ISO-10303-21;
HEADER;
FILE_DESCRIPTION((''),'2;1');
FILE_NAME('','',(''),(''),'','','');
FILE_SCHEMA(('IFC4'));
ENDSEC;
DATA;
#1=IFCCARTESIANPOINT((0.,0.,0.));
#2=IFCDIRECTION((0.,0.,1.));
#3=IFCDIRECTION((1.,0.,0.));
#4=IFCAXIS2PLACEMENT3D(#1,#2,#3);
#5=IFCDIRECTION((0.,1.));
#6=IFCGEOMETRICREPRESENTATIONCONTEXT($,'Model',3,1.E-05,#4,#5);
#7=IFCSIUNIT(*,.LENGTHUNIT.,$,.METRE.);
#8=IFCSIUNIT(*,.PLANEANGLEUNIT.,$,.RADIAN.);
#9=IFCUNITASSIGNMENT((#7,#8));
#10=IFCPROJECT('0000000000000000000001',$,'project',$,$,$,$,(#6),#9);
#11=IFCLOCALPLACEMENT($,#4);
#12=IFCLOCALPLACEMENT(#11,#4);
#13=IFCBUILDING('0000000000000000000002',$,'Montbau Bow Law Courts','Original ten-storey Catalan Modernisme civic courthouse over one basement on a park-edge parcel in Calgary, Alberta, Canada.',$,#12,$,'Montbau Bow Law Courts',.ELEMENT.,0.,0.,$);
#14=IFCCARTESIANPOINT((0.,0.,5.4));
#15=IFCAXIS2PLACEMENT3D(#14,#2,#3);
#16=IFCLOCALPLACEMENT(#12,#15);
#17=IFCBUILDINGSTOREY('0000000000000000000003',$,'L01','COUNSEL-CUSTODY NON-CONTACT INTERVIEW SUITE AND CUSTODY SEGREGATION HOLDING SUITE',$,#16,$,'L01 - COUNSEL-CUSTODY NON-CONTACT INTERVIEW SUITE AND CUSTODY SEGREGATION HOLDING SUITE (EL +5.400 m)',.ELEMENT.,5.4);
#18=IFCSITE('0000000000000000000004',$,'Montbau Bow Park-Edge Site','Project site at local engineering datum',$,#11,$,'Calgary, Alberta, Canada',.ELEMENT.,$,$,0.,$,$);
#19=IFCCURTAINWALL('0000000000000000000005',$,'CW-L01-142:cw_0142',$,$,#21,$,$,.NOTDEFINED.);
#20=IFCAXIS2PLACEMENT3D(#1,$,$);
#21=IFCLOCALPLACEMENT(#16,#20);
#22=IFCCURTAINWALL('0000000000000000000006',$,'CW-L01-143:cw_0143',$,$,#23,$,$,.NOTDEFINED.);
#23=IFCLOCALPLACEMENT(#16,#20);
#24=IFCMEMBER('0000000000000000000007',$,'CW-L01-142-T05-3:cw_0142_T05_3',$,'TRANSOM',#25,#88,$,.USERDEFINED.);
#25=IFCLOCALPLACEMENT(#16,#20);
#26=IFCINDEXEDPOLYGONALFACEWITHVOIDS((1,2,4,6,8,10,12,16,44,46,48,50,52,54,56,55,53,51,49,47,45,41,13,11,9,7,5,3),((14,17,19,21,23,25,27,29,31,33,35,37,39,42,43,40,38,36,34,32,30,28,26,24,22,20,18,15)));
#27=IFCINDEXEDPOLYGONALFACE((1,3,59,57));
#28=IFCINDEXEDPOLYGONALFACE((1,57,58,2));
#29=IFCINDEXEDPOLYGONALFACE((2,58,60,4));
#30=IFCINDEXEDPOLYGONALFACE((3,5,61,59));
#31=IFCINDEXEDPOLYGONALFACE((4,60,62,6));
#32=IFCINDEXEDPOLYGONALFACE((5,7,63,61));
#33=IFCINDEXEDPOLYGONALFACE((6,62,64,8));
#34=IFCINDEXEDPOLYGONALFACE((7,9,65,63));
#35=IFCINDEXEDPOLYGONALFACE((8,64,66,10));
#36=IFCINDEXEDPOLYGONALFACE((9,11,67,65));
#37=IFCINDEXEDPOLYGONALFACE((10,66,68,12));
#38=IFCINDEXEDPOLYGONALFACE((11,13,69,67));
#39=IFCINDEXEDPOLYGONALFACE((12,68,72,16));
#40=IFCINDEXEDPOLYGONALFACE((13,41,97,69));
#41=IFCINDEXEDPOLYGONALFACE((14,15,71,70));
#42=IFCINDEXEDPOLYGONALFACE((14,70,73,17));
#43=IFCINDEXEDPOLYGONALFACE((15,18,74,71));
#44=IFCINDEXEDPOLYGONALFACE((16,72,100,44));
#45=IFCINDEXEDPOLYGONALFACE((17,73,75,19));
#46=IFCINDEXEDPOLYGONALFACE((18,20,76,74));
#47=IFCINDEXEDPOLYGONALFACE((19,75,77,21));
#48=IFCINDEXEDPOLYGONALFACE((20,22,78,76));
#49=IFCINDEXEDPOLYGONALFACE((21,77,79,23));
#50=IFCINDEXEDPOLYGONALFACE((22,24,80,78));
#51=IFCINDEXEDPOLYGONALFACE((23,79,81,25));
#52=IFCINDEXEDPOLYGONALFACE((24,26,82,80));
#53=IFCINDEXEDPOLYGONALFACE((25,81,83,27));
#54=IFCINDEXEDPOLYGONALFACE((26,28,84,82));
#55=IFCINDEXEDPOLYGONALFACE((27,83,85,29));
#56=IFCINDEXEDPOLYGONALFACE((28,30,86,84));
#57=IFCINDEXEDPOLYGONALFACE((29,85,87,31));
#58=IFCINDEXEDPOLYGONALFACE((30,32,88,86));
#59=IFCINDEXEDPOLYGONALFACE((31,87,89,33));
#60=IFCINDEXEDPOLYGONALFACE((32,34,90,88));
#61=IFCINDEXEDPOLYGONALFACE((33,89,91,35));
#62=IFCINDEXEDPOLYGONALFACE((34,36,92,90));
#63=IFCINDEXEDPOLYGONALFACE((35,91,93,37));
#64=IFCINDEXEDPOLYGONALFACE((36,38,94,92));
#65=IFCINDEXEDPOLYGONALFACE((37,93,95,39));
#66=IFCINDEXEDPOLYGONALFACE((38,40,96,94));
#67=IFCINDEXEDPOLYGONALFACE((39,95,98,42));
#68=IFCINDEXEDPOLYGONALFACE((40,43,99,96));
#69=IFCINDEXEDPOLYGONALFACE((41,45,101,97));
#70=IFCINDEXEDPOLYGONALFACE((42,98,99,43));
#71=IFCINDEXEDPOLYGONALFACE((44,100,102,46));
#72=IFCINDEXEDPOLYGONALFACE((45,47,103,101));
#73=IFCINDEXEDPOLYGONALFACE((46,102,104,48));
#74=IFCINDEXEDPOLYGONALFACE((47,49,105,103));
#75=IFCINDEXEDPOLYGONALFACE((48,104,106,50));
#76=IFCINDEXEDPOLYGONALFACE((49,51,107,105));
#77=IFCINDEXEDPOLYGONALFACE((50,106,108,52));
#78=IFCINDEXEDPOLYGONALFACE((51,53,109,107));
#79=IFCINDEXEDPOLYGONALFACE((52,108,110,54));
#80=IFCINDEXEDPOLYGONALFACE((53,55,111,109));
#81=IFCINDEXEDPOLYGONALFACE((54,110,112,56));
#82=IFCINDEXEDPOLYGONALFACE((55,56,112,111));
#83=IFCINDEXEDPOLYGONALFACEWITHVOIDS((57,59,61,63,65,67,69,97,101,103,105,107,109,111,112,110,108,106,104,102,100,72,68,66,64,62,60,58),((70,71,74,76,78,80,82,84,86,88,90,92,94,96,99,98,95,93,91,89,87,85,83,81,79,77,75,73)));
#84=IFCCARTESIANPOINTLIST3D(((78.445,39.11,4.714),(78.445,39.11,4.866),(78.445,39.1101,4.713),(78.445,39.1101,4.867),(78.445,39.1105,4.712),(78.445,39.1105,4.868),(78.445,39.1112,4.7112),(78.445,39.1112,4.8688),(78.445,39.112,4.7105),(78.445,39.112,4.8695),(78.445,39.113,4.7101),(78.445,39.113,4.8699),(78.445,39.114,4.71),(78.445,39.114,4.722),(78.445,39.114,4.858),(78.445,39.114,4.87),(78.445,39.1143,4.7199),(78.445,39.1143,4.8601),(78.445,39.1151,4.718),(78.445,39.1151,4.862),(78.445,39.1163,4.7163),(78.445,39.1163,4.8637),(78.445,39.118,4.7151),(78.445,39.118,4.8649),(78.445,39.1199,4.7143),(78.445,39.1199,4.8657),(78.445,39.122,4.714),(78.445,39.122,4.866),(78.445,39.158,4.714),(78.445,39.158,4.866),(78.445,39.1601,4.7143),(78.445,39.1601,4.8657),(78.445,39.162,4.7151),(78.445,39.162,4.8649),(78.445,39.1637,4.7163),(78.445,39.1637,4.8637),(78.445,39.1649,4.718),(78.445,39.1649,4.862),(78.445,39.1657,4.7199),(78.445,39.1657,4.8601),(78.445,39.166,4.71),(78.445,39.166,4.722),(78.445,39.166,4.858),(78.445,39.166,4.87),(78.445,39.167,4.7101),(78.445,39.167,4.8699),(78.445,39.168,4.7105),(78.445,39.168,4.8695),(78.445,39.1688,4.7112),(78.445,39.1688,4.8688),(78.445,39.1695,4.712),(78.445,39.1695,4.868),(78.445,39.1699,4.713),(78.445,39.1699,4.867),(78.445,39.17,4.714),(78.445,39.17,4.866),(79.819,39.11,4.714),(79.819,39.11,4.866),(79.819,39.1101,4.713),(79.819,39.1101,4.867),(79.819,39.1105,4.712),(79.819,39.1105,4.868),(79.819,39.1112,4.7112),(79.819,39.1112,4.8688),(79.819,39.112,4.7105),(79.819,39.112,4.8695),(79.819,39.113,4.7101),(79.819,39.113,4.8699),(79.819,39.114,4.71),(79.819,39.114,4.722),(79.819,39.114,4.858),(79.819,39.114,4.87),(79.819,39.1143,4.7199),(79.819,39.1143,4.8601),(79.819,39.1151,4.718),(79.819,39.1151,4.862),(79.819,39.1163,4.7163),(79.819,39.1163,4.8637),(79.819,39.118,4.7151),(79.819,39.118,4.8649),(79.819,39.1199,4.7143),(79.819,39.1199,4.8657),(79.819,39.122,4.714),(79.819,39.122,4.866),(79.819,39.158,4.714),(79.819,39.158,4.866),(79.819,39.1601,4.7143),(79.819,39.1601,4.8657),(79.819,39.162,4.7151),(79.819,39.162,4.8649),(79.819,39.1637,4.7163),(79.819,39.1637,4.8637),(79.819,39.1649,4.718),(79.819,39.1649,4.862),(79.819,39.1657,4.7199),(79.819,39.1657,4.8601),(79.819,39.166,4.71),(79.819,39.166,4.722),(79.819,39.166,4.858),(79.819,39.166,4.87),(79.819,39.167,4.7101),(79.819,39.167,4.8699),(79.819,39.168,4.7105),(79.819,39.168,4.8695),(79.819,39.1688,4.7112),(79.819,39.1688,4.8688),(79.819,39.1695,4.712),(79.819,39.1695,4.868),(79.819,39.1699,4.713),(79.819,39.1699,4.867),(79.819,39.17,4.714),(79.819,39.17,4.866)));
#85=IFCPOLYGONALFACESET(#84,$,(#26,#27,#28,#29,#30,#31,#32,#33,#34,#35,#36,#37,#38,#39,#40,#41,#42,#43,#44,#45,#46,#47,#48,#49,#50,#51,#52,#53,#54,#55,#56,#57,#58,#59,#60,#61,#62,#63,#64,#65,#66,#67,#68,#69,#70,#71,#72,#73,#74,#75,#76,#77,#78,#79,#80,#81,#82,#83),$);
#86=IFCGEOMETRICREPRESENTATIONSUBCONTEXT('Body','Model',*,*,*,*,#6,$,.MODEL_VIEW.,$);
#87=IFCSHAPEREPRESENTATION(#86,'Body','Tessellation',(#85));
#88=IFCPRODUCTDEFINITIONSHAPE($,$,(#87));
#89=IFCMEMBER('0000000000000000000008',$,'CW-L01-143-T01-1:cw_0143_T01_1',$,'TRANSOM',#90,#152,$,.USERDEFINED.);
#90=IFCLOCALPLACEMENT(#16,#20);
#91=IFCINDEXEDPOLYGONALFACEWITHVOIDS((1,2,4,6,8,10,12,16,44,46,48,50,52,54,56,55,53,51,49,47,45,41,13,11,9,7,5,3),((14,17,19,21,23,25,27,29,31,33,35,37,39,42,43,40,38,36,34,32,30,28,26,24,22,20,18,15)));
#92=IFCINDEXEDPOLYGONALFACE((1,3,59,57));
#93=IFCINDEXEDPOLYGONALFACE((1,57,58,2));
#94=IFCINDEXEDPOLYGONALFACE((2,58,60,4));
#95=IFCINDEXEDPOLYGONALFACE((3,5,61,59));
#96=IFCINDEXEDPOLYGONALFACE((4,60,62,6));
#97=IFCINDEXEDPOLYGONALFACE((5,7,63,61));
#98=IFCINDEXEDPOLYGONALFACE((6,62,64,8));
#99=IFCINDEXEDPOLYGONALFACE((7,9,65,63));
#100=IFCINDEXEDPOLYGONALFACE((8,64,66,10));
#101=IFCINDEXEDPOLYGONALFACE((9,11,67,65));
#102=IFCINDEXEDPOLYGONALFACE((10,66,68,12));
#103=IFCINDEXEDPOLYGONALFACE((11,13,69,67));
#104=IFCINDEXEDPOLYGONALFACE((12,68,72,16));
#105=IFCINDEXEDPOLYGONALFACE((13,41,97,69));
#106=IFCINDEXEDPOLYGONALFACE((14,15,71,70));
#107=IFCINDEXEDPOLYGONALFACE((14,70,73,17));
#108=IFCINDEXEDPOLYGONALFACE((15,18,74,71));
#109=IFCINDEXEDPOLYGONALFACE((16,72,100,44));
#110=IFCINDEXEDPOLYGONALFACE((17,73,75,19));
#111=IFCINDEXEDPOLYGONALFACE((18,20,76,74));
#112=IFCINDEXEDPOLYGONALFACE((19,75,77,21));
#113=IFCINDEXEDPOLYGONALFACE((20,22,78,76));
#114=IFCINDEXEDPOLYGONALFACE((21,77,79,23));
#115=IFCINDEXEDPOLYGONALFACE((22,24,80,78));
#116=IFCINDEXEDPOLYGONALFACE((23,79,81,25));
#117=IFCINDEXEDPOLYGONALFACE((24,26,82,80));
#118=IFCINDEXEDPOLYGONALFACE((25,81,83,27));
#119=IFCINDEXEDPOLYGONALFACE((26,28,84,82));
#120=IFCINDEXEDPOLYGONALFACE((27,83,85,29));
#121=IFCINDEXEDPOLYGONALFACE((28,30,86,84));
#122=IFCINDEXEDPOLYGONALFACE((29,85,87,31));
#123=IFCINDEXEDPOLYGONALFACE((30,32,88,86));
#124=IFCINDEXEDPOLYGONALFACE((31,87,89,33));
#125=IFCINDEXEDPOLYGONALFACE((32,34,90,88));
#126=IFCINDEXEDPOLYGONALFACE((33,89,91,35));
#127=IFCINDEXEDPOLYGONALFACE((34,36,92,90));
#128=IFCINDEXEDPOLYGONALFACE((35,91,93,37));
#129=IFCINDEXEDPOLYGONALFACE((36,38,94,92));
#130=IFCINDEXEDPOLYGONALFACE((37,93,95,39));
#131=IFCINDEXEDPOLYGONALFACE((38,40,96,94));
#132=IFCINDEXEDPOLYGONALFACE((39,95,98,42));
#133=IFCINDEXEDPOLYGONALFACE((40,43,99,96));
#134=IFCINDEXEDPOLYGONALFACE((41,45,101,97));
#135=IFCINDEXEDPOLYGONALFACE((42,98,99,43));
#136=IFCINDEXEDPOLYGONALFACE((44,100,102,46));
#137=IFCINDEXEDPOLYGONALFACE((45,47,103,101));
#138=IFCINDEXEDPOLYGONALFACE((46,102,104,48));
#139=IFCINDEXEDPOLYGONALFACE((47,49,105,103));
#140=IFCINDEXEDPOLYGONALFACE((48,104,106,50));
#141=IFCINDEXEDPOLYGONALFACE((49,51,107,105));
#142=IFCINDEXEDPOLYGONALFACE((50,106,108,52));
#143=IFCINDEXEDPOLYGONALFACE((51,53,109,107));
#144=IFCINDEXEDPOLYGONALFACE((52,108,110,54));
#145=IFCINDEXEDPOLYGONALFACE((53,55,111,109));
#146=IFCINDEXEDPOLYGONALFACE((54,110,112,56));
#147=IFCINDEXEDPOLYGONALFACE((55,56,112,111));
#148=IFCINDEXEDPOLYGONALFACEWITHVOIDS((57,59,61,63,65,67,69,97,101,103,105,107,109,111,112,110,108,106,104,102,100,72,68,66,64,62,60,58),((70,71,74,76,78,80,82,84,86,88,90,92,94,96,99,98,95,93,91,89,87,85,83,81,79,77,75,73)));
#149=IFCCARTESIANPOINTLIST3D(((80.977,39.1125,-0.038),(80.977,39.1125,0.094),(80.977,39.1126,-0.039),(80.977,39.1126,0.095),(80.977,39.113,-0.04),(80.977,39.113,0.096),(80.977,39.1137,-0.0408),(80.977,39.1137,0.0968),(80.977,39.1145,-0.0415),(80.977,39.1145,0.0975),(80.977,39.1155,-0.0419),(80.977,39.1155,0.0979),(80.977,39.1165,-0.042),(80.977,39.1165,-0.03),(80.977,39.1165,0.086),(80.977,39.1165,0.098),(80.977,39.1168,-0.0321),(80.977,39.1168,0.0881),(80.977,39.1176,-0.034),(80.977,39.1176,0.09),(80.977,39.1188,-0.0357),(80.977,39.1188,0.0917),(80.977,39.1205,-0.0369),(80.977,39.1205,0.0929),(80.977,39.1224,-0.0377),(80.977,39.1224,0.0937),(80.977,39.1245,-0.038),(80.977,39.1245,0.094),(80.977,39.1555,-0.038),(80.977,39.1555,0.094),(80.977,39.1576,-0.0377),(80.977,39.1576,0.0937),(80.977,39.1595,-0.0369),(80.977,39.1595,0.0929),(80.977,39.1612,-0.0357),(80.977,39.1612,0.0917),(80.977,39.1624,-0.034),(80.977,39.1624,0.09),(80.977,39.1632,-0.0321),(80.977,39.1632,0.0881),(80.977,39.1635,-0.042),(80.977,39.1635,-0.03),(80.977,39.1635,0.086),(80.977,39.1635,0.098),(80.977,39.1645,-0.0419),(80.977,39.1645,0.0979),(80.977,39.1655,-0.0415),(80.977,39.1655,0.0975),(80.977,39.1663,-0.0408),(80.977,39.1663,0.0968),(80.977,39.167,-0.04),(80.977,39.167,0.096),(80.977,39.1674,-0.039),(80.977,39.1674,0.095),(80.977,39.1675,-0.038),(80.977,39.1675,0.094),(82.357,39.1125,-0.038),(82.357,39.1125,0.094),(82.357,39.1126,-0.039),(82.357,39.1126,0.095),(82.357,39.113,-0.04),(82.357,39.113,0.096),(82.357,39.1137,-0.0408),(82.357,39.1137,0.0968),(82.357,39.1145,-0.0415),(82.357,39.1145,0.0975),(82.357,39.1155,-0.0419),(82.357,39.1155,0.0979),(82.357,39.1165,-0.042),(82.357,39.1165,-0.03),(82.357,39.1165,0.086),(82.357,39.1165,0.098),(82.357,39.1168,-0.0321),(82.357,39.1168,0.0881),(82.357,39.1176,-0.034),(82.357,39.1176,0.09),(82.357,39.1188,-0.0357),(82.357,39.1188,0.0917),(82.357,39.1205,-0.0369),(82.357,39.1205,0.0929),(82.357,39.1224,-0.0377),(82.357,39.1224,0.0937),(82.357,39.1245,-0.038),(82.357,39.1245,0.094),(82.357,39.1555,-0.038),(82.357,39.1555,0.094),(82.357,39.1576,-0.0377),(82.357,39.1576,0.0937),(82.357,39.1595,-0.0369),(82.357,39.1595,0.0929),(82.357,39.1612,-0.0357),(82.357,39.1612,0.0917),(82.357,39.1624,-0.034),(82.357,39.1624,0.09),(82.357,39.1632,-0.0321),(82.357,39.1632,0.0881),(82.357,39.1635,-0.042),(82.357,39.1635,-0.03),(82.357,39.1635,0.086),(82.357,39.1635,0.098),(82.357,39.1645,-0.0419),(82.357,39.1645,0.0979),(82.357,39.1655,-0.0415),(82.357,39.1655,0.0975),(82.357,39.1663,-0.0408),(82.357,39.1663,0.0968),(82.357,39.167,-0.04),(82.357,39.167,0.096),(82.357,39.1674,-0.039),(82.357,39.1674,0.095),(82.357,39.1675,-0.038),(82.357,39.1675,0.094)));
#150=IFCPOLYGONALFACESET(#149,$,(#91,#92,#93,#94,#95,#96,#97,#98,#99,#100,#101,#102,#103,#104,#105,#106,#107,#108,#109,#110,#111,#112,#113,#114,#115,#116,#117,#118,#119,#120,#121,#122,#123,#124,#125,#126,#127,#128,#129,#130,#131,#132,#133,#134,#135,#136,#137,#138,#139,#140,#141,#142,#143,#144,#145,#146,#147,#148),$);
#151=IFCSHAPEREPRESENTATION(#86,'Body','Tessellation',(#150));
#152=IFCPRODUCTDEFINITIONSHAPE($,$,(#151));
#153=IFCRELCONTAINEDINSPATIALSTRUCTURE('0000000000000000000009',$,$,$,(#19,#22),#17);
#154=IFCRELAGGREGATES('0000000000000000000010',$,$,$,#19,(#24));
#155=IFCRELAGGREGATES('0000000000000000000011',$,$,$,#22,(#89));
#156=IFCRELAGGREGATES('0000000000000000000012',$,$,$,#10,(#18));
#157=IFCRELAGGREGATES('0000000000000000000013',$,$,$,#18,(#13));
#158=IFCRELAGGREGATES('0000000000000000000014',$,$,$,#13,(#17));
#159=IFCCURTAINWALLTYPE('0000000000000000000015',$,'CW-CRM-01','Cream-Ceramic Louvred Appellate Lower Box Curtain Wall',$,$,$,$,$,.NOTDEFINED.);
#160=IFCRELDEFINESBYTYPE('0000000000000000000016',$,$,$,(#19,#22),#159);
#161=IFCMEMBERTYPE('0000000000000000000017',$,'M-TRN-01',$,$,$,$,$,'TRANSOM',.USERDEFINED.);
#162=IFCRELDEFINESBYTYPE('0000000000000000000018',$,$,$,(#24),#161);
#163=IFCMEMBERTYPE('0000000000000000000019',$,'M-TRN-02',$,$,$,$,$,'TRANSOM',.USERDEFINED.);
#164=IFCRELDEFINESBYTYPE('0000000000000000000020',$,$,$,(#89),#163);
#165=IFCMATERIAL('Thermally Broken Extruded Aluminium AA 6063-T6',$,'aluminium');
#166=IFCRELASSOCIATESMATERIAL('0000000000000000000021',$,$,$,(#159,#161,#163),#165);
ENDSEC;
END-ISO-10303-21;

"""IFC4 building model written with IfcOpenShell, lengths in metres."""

from ifc_helpers import new_model, si_unit, direction, frame, origin_with_axes, origin_2d_with_axis, place, context, subcontext, project, spatial, hollow_rectangle, extrude, material, material_profile, profile_set, type_object, element, aggregate, save


model = new_model("IFC4")

# Units and contexts
model_context = context("Model", 3, precision=1e-05, world=origin_with_axes(), true_north=direction((0.0, 1.0)))
body_context = subcontext(model_context, "Body", "Model", "MODEL_VIEW")
ifc_project = project(units=[si_unit("LENGTHUNIT", "METRE"), si_unit("PLANEANGLEUNIT", "RADIAN")], contexts=[model_context])

# Site, building, storey
site_placement = place(None, origin_with_axes())
site = spatial("IfcSite", under=ifc_project, at=site_placement, Name="Montbau Bow Park-Edge Site", Description="Project site at local engineering datum", LongName="Calgary, Alberta, Canada", CompositionType="ELEMENT", RefElevation=0.0)
building_placement = place(site_placement, origin_with_axes())
building = spatial("IfcBuilding", under=site, at=building_placement, Name="Montbau Bow Law Courts", Description="Original ten-storey Catalan Modernisme civic courthouse over one basement on a park-edge parcel in Calgary, Alberta, Canada.", LongName="Montbau Bow Law Courts", CompositionType="ELEMENT", ElevationOfRefHeight=0.0, ElevationOfTerrain=0.0)
storey_placement = place(building_placement, frame((0.0, 0.0, 5.4), z_axis=(0.0, 0.0, 1.0), x_axis=(1.0, 0.0, 0.0)))
storey = spatial("IfcBuildingStorey", under=building, at=storey_placement, Name="L01", Description="COUNSEL-CUSTODY NON-CONTACT INTERVIEW SUITE AND CUSTODY SEGREGATION HOLDING SUITE", LongName="L01 - COUNSEL-CUSTODY NON-CONTACT INTERVIEW SUITE AND CUSTODY SEGREGATION HOLDING SUITE (EL +5.400 m)", CompositionType="ELEMENT", Elevation=5.4)

# Curtain walls
ifc_material_1 = material(Name="Thermally Broken Extruded Aluminium AA 6063-T6", Category="aluminium")
curtain_wall_type = type_object("IfcCurtainWallType", Name="CW-CRM-01", Description="Cream-Ceramic Louvred Appellate Lower Box Curtain Wall", PredefinedType="NOTDEFINED", material=ifc_material_1)
curtain_wall_1_placement = place(None, frame((72.515, 39.14, 5.4), z_axis=(0.0, 0.0, 1.0), x_axis=(1.0, 0.0, 0.0)))
curtain_wall_1 = element("IfcCurtainWall", 1, at=curtain_wall_1_placement, inside=storey, type_object=curtain_wall_type, Name="CW-L01-142:cw_0142", PredefinedType="NOTDEFINED")
curtain_wall_2_placement = place(None, frame((80.915, 39.14, 5.4), z_axis=(0.0, 0.0, 1.0), x_axis=(1.0, 0.0, 0.0)))
curtain_wall_2 = element("IfcCurtainWall", 2, at=curtain_wall_2_placement, inside=storey, type_object=curtain_wall_type, Name="CW-L01-143:cw_0143", PredefinedType="NOTDEFINED")

# Members
ifc_material_profile_1 = material_profile(ifc_material_1, hollow_rectangle(XDim=0.06, YDim=0.16, WallThickness=0.004, InnerFilletRadius=0.008, OuterFilletRadius=0.004, at=origin_2d_with_axis()), Name="CWT-160X60", Category="Main", Priority=0)
ifc_profile_set_1 = profile_set([ifc_material_profile_1], Name="Thermally Broken Extruded Aluminium AA 6063-T6")
member_type_1 = type_object("IfcMemberType", Name="M-TRN-01", ElementType="TRANSOM", PredefinedType="USERDEFINED", material=ifc_profile_set_1)
member_1_placement = place(None, frame((78.445, 39.14, 10.19), z_axis=(1.0, 0.0, 0.0), x_axis=(0.0, 1.0, 0.0)))
member_1 = element("IfcMember", 3, at=member_1_placement, type_object=member_type_1, Name="CW-L01-142-T05-3:cw_0142_T05_3", ObjectType="TRANSOM", PredefinedType="USERDEFINED", context=body_context, shape_type="SweptSolid", body=[
    extrude(hollow_rectangle(XDim=0.06, YDim=0.16, WallThickness=0.004, InnerFilletRadius=0.008, OuterFilletRadius=0.004, at=origin_2d_with_axis()), origin_with_axes(), (0.0, 0.0, 1.0), 1.374),
])
ifc_material_profile_2 = material_profile(ifc_material_1, hollow_rectangle(XDim=0.055, YDim=0.14, WallThickness=0.004, InnerFilletRadius=0.008, OuterFilletRadius=0.004, at=origin_2d_with_axis()), Name="CWT-140X55", Category="Main", Priority=0)
ifc_profile_set_2 = profile_set([ifc_material_profile_2], Name="Thermally Broken Extruded Aluminium AA 6063-T6")
member_type_2 = type_object("IfcMemberType", Name="M-TRN-02", ElementType="TRANSOM", PredefinedType="USERDEFINED", material=ifc_profile_set_2)
member_2_placement = place(None, frame((80.977, 39.14, 5.428), z_axis=(1.0, 0.0, 0.0), x_axis=(0.0, 1.0, 0.0)))
member_2 = element("IfcMember", 4, at=member_2_placement, type_object=member_type_2, Name="CW-L01-143-T01-1:cw_0143_T01_1", ObjectType="TRANSOM", PredefinedType="USERDEFINED", context=body_context, shape_type="SweptSolid", body=[
    extrude(hollow_rectangle(XDim=0.055, YDim=0.14, WallThickness=0.004, InnerFilletRadius=0.008, OuterFilletRadius=0.004, at=origin_2d_with_axis()), origin_with_axes(), (0.0, 0.0, 1.0), 1.38),
])

aggregate(curtain_wall_1, [member_1])
aggregate(curtain_wall_2, [member_2])

save(model, "model.ifc")
